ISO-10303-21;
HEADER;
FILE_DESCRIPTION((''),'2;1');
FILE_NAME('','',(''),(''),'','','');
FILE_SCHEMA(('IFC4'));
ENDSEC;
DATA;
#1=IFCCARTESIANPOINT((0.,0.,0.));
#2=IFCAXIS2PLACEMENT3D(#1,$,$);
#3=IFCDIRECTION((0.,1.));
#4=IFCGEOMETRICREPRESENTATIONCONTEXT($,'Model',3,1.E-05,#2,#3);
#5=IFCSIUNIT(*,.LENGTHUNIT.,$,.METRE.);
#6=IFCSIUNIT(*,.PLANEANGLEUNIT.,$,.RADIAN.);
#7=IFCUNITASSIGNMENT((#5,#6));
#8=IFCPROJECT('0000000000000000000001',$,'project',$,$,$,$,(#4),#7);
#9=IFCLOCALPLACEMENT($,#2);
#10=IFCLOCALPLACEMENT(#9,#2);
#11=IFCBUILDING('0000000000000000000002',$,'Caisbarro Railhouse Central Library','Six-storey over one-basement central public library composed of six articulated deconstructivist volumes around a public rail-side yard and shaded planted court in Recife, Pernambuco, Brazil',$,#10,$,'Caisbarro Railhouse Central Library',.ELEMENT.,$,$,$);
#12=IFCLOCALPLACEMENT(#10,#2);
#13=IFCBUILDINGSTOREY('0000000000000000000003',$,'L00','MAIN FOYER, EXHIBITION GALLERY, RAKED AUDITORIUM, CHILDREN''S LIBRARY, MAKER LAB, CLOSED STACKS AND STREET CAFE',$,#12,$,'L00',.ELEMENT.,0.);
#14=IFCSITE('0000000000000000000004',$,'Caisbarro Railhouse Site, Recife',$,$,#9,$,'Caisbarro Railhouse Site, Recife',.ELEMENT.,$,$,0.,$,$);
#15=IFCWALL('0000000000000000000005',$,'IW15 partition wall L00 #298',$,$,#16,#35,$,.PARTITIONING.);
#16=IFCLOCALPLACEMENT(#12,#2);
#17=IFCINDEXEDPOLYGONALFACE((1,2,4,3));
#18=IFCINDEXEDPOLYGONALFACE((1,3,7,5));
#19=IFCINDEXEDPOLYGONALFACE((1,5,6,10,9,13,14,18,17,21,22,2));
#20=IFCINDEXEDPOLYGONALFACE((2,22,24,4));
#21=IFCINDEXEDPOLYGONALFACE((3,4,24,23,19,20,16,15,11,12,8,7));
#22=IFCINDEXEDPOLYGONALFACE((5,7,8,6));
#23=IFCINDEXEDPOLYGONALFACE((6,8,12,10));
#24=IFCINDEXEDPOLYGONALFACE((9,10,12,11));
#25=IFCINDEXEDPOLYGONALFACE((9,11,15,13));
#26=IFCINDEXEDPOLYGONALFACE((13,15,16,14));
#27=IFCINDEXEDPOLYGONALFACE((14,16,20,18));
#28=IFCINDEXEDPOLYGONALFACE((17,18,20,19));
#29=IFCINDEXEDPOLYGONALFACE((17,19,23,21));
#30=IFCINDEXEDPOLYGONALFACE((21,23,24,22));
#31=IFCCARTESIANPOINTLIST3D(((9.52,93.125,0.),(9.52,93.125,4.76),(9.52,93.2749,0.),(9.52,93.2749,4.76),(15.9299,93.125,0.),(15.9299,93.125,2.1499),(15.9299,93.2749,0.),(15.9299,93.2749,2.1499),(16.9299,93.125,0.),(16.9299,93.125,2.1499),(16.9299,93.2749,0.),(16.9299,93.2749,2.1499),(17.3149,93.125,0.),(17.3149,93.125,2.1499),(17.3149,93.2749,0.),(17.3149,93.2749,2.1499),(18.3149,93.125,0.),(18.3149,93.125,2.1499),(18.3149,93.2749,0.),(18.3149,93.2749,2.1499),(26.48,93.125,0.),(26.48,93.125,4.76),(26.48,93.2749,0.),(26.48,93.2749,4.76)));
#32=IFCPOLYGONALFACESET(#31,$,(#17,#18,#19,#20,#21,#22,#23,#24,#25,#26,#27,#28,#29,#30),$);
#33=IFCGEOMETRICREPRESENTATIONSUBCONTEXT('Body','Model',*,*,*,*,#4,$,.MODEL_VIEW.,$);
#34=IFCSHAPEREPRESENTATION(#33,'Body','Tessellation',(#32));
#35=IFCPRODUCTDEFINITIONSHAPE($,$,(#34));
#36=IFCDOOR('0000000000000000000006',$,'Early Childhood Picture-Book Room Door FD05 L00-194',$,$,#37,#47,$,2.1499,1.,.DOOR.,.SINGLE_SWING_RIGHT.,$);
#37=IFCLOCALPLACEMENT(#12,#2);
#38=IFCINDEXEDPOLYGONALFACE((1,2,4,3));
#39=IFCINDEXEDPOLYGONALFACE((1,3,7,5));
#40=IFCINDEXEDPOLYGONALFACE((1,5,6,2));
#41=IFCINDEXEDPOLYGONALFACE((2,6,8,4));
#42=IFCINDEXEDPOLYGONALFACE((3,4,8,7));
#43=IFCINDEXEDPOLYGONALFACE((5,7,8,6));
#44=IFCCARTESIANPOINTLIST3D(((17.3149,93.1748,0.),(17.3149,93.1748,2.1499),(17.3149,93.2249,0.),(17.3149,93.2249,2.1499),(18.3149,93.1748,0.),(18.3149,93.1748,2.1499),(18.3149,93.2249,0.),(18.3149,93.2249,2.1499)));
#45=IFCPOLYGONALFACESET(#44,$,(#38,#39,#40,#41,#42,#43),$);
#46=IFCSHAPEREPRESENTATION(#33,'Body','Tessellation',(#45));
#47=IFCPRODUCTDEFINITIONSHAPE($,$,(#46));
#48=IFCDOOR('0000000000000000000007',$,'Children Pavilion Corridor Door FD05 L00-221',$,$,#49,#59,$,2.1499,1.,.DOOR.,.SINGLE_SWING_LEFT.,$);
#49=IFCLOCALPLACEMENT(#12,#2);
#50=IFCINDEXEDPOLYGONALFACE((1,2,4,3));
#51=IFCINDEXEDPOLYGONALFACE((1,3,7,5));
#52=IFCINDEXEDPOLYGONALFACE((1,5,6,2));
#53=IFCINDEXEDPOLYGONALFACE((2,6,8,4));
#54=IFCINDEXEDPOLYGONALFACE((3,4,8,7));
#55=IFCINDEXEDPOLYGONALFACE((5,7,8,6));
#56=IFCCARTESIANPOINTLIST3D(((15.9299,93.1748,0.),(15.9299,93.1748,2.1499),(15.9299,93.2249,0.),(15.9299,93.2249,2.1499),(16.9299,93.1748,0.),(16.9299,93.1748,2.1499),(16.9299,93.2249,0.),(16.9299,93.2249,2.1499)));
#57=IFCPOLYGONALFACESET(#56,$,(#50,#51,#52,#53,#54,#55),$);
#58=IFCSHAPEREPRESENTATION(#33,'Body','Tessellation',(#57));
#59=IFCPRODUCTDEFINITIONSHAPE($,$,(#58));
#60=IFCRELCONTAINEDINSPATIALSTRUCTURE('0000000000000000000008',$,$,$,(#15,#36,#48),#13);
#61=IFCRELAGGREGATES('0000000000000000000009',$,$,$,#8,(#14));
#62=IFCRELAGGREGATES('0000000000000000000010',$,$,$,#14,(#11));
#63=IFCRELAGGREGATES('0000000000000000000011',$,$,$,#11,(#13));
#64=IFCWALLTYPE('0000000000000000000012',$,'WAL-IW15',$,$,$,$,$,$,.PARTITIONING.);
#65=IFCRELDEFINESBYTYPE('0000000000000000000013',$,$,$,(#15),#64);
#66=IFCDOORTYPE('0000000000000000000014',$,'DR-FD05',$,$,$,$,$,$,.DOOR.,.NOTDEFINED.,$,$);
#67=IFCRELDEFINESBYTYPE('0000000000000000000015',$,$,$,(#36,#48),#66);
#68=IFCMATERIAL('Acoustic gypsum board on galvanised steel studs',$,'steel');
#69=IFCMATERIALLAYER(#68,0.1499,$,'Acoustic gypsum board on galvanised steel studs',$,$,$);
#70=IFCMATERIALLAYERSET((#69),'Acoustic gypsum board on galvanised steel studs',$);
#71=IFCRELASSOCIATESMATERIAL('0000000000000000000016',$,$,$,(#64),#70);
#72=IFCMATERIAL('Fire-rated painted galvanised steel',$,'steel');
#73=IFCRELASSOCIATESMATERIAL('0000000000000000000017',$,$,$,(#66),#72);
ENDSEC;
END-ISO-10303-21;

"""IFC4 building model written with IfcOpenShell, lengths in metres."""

from ifc_helpers import new_model, si_unit, direction, frame, frame_2d, origin, place, context, subcontext, project, spatial, rectangle, extrude, material, layer, layer_set, type_object, element, fill, save


model = new_model("IFC4")

# Units and contexts
model_context = context("Model", 3, precision=1e-05, world=origin(), true_north=direction((0.0, 1.0)))
body_context = subcontext(model_context, "Body", "Model", "MODEL_VIEW")
ifc_project = project(units=[si_unit("LENGTHUNIT", "METRE"), si_unit("PLANEANGLEUNIT", "RADIAN")], contexts=[model_context])

# Site, building, storey
site_placement = place(None, origin())
site = spatial("IfcSite", under=ifc_project, at=site_placement, Name="Caisbarro Railhouse Site, Recife", LongName="Caisbarro Railhouse Site, Recife", CompositionType="ELEMENT", RefElevation=0.0)
building_placement = place(site_placement, origin())
building = spatial("IfcBuilding", under=site, at=building_placement, Name="Caisbarro Railhouse Central Library", Description="Six-storey over one-basement central public library composed of six articulated deconstructivist volumes around a public rail-side yard and shaded planted court in Recife, Pernambuco, Brazil", LongName="Caisbarro Railhouse Central Library", CompositionType="ELEMENT")
storey_placement = place(building_placement, origin())
storey = spatial("IfcBuildingStorey", under=building, at=storey_placement, Name="L00", Description="MAIN FOYER, EXHIBITION GALLERY, RAKED AUDITORIUM, CHILDREN'S LIBRARY, MAKER LAB, CLOSED STACKS AND STREET CAFE", LongName="L00", CompositionType="ELEMENT", Elevation=0.0)

# Shared definitions
ifc_material_1 = material(Name="Acoustic gypsum board on galvanised steel studs", Category="steel")

# Wall, openings, doors
ifc_layer_1 = layer(ifc_material_1, 0.1499, Name="Acoustic gypsum board on galvanised steel studs")
ifc_layer_set_1 = layer_set([ifc_layer_1], Name="Acoustic gypsum board on galvanised steel studs")
wall_type_1 = type_object("IfcWallType", Name="WAL-IW15", PredefinedType="PARTITIONING", material=ifc_layer_set_1)
wall_1_placement = place(storey_placement, frame((9.52, 93.2, 0.0), z_axis=(0.0, 0.0, 1.0), x_axis=(1.0, 0.0, 0.0)))
wall_1 = element("IfcWall", 1, at=wall_1_placement, inside=storey, type_object=wall_type_1, Name="IW15 partition wall L00 #298", PredefinedType="PARTITIONING", context=body_context, shape_type="SweptSolid", body=[
    extrude(rectangle(XDim=16.96, YDim=0.1499, at=frame_2d((8.48, 0.0))), origin(), (0.0, 0.0, 1.0), 4.76),
])
opening_1_placement = place(wall_1_placement, frame((7.7949, 0.0, 0.0)))
opening_1 = element("IfcOpeningElement", 2, at=opening_1_placement, cuts=wall_1, PredefinedType="OPENING", context=body_context, shape_type="SweptSolid", body=[
    extrude(rectangle(XDim=1.0, YDim=2.1499, at=frame_2d((0.5, 1.075))), frame((0.0, 0.085, 0.0), z_axis=(0.0, -1.0, 0.0), x_axis=(1.0, 0.0, 0.0)), (0.0, 0.0, 1.0), 0.1699),
])
opening_2_placement = place(wall_1_placement, frame((6.4099, 0.0, 0.0)))
opening_2 = element("IfcOpeningElement", 3, at=opening_2_placement, cuts=wall_1, PredefinedType="OPENING", context=body_context, shape_type="SweptSolid", body=[
    extrude(rectangle(XDim=1.0, YDim=2.1499, at=frame_2d((0.5, 1.075))), frame((0.0, 0.085, 0.0), z_axis=(0.0, -1.0, 0.0), x_axis=(1.0, 0.0, 0.0)), (0.0, 0.0, 1.0), 0.1699),
])
ifc_material_2 = material(Name="Fire-rated painted galvanised steel", Category="steel")
door_type = type_object("IfcDoorType", Name="DR-FD05", OperationType="NOTDEFINED", PredefinedType="DOOR", material=ifc_material_2)
door_1_placement = place(opening_1_placement, origin())
door_1 = element("IfcDoor", 4, at=door_1_placement, inside=storey, type_object=door_type, Name="Early Childhood Picture-Book Room Door FD05 L00-194", OperationType="SINGLE_SWING_RIGHT", OverallHeight=2.1499, OverallWidth=1.0, PredefinedType="DOOR", context=body_context, shape_type="SweptSolid", body=[
    extrude(rectangle(XDim=1.0, YDim=2.1499, at=frame_2d((0.5, 1.075))), frame((0.0, 0.0249, 0.0), z_axis=(0.0, -1.0, 0.0), x_axis=(1.0, 0.0, 0.0)), (0.0, 0.0, 1.0), 0.05),
])
fill(opening_1, door_1)
door_2_placement = place(opening_2_placement, origin())
door_2 = element("IfcDoor", 5, at=door_2_placement, inside=storey, type_object=door_type, Name="Children Pavilion Corridor Door FD05 L00-221", OperationType="SINGLE_SWING_LEFT", OverallHeight=2.1499, OverallWidth=1.0, PredefinedType="DOOR", context=body_context, shape_type="SweptSolid", body=[
    extrude(rectangle(XDim=1.0, YDim=2.1499, at=frame_2d((0.5, 1.075))), frame((0.0, 0.0249, 0.0), z_axis=(0.0, -1.0, 0.0), x_axis=(1.0, 0.0, 0.0)), (0.0, 0.0, 1.0), 0.05),
])
fill(opening_2, door_2)

save(model, "model.ifc")
